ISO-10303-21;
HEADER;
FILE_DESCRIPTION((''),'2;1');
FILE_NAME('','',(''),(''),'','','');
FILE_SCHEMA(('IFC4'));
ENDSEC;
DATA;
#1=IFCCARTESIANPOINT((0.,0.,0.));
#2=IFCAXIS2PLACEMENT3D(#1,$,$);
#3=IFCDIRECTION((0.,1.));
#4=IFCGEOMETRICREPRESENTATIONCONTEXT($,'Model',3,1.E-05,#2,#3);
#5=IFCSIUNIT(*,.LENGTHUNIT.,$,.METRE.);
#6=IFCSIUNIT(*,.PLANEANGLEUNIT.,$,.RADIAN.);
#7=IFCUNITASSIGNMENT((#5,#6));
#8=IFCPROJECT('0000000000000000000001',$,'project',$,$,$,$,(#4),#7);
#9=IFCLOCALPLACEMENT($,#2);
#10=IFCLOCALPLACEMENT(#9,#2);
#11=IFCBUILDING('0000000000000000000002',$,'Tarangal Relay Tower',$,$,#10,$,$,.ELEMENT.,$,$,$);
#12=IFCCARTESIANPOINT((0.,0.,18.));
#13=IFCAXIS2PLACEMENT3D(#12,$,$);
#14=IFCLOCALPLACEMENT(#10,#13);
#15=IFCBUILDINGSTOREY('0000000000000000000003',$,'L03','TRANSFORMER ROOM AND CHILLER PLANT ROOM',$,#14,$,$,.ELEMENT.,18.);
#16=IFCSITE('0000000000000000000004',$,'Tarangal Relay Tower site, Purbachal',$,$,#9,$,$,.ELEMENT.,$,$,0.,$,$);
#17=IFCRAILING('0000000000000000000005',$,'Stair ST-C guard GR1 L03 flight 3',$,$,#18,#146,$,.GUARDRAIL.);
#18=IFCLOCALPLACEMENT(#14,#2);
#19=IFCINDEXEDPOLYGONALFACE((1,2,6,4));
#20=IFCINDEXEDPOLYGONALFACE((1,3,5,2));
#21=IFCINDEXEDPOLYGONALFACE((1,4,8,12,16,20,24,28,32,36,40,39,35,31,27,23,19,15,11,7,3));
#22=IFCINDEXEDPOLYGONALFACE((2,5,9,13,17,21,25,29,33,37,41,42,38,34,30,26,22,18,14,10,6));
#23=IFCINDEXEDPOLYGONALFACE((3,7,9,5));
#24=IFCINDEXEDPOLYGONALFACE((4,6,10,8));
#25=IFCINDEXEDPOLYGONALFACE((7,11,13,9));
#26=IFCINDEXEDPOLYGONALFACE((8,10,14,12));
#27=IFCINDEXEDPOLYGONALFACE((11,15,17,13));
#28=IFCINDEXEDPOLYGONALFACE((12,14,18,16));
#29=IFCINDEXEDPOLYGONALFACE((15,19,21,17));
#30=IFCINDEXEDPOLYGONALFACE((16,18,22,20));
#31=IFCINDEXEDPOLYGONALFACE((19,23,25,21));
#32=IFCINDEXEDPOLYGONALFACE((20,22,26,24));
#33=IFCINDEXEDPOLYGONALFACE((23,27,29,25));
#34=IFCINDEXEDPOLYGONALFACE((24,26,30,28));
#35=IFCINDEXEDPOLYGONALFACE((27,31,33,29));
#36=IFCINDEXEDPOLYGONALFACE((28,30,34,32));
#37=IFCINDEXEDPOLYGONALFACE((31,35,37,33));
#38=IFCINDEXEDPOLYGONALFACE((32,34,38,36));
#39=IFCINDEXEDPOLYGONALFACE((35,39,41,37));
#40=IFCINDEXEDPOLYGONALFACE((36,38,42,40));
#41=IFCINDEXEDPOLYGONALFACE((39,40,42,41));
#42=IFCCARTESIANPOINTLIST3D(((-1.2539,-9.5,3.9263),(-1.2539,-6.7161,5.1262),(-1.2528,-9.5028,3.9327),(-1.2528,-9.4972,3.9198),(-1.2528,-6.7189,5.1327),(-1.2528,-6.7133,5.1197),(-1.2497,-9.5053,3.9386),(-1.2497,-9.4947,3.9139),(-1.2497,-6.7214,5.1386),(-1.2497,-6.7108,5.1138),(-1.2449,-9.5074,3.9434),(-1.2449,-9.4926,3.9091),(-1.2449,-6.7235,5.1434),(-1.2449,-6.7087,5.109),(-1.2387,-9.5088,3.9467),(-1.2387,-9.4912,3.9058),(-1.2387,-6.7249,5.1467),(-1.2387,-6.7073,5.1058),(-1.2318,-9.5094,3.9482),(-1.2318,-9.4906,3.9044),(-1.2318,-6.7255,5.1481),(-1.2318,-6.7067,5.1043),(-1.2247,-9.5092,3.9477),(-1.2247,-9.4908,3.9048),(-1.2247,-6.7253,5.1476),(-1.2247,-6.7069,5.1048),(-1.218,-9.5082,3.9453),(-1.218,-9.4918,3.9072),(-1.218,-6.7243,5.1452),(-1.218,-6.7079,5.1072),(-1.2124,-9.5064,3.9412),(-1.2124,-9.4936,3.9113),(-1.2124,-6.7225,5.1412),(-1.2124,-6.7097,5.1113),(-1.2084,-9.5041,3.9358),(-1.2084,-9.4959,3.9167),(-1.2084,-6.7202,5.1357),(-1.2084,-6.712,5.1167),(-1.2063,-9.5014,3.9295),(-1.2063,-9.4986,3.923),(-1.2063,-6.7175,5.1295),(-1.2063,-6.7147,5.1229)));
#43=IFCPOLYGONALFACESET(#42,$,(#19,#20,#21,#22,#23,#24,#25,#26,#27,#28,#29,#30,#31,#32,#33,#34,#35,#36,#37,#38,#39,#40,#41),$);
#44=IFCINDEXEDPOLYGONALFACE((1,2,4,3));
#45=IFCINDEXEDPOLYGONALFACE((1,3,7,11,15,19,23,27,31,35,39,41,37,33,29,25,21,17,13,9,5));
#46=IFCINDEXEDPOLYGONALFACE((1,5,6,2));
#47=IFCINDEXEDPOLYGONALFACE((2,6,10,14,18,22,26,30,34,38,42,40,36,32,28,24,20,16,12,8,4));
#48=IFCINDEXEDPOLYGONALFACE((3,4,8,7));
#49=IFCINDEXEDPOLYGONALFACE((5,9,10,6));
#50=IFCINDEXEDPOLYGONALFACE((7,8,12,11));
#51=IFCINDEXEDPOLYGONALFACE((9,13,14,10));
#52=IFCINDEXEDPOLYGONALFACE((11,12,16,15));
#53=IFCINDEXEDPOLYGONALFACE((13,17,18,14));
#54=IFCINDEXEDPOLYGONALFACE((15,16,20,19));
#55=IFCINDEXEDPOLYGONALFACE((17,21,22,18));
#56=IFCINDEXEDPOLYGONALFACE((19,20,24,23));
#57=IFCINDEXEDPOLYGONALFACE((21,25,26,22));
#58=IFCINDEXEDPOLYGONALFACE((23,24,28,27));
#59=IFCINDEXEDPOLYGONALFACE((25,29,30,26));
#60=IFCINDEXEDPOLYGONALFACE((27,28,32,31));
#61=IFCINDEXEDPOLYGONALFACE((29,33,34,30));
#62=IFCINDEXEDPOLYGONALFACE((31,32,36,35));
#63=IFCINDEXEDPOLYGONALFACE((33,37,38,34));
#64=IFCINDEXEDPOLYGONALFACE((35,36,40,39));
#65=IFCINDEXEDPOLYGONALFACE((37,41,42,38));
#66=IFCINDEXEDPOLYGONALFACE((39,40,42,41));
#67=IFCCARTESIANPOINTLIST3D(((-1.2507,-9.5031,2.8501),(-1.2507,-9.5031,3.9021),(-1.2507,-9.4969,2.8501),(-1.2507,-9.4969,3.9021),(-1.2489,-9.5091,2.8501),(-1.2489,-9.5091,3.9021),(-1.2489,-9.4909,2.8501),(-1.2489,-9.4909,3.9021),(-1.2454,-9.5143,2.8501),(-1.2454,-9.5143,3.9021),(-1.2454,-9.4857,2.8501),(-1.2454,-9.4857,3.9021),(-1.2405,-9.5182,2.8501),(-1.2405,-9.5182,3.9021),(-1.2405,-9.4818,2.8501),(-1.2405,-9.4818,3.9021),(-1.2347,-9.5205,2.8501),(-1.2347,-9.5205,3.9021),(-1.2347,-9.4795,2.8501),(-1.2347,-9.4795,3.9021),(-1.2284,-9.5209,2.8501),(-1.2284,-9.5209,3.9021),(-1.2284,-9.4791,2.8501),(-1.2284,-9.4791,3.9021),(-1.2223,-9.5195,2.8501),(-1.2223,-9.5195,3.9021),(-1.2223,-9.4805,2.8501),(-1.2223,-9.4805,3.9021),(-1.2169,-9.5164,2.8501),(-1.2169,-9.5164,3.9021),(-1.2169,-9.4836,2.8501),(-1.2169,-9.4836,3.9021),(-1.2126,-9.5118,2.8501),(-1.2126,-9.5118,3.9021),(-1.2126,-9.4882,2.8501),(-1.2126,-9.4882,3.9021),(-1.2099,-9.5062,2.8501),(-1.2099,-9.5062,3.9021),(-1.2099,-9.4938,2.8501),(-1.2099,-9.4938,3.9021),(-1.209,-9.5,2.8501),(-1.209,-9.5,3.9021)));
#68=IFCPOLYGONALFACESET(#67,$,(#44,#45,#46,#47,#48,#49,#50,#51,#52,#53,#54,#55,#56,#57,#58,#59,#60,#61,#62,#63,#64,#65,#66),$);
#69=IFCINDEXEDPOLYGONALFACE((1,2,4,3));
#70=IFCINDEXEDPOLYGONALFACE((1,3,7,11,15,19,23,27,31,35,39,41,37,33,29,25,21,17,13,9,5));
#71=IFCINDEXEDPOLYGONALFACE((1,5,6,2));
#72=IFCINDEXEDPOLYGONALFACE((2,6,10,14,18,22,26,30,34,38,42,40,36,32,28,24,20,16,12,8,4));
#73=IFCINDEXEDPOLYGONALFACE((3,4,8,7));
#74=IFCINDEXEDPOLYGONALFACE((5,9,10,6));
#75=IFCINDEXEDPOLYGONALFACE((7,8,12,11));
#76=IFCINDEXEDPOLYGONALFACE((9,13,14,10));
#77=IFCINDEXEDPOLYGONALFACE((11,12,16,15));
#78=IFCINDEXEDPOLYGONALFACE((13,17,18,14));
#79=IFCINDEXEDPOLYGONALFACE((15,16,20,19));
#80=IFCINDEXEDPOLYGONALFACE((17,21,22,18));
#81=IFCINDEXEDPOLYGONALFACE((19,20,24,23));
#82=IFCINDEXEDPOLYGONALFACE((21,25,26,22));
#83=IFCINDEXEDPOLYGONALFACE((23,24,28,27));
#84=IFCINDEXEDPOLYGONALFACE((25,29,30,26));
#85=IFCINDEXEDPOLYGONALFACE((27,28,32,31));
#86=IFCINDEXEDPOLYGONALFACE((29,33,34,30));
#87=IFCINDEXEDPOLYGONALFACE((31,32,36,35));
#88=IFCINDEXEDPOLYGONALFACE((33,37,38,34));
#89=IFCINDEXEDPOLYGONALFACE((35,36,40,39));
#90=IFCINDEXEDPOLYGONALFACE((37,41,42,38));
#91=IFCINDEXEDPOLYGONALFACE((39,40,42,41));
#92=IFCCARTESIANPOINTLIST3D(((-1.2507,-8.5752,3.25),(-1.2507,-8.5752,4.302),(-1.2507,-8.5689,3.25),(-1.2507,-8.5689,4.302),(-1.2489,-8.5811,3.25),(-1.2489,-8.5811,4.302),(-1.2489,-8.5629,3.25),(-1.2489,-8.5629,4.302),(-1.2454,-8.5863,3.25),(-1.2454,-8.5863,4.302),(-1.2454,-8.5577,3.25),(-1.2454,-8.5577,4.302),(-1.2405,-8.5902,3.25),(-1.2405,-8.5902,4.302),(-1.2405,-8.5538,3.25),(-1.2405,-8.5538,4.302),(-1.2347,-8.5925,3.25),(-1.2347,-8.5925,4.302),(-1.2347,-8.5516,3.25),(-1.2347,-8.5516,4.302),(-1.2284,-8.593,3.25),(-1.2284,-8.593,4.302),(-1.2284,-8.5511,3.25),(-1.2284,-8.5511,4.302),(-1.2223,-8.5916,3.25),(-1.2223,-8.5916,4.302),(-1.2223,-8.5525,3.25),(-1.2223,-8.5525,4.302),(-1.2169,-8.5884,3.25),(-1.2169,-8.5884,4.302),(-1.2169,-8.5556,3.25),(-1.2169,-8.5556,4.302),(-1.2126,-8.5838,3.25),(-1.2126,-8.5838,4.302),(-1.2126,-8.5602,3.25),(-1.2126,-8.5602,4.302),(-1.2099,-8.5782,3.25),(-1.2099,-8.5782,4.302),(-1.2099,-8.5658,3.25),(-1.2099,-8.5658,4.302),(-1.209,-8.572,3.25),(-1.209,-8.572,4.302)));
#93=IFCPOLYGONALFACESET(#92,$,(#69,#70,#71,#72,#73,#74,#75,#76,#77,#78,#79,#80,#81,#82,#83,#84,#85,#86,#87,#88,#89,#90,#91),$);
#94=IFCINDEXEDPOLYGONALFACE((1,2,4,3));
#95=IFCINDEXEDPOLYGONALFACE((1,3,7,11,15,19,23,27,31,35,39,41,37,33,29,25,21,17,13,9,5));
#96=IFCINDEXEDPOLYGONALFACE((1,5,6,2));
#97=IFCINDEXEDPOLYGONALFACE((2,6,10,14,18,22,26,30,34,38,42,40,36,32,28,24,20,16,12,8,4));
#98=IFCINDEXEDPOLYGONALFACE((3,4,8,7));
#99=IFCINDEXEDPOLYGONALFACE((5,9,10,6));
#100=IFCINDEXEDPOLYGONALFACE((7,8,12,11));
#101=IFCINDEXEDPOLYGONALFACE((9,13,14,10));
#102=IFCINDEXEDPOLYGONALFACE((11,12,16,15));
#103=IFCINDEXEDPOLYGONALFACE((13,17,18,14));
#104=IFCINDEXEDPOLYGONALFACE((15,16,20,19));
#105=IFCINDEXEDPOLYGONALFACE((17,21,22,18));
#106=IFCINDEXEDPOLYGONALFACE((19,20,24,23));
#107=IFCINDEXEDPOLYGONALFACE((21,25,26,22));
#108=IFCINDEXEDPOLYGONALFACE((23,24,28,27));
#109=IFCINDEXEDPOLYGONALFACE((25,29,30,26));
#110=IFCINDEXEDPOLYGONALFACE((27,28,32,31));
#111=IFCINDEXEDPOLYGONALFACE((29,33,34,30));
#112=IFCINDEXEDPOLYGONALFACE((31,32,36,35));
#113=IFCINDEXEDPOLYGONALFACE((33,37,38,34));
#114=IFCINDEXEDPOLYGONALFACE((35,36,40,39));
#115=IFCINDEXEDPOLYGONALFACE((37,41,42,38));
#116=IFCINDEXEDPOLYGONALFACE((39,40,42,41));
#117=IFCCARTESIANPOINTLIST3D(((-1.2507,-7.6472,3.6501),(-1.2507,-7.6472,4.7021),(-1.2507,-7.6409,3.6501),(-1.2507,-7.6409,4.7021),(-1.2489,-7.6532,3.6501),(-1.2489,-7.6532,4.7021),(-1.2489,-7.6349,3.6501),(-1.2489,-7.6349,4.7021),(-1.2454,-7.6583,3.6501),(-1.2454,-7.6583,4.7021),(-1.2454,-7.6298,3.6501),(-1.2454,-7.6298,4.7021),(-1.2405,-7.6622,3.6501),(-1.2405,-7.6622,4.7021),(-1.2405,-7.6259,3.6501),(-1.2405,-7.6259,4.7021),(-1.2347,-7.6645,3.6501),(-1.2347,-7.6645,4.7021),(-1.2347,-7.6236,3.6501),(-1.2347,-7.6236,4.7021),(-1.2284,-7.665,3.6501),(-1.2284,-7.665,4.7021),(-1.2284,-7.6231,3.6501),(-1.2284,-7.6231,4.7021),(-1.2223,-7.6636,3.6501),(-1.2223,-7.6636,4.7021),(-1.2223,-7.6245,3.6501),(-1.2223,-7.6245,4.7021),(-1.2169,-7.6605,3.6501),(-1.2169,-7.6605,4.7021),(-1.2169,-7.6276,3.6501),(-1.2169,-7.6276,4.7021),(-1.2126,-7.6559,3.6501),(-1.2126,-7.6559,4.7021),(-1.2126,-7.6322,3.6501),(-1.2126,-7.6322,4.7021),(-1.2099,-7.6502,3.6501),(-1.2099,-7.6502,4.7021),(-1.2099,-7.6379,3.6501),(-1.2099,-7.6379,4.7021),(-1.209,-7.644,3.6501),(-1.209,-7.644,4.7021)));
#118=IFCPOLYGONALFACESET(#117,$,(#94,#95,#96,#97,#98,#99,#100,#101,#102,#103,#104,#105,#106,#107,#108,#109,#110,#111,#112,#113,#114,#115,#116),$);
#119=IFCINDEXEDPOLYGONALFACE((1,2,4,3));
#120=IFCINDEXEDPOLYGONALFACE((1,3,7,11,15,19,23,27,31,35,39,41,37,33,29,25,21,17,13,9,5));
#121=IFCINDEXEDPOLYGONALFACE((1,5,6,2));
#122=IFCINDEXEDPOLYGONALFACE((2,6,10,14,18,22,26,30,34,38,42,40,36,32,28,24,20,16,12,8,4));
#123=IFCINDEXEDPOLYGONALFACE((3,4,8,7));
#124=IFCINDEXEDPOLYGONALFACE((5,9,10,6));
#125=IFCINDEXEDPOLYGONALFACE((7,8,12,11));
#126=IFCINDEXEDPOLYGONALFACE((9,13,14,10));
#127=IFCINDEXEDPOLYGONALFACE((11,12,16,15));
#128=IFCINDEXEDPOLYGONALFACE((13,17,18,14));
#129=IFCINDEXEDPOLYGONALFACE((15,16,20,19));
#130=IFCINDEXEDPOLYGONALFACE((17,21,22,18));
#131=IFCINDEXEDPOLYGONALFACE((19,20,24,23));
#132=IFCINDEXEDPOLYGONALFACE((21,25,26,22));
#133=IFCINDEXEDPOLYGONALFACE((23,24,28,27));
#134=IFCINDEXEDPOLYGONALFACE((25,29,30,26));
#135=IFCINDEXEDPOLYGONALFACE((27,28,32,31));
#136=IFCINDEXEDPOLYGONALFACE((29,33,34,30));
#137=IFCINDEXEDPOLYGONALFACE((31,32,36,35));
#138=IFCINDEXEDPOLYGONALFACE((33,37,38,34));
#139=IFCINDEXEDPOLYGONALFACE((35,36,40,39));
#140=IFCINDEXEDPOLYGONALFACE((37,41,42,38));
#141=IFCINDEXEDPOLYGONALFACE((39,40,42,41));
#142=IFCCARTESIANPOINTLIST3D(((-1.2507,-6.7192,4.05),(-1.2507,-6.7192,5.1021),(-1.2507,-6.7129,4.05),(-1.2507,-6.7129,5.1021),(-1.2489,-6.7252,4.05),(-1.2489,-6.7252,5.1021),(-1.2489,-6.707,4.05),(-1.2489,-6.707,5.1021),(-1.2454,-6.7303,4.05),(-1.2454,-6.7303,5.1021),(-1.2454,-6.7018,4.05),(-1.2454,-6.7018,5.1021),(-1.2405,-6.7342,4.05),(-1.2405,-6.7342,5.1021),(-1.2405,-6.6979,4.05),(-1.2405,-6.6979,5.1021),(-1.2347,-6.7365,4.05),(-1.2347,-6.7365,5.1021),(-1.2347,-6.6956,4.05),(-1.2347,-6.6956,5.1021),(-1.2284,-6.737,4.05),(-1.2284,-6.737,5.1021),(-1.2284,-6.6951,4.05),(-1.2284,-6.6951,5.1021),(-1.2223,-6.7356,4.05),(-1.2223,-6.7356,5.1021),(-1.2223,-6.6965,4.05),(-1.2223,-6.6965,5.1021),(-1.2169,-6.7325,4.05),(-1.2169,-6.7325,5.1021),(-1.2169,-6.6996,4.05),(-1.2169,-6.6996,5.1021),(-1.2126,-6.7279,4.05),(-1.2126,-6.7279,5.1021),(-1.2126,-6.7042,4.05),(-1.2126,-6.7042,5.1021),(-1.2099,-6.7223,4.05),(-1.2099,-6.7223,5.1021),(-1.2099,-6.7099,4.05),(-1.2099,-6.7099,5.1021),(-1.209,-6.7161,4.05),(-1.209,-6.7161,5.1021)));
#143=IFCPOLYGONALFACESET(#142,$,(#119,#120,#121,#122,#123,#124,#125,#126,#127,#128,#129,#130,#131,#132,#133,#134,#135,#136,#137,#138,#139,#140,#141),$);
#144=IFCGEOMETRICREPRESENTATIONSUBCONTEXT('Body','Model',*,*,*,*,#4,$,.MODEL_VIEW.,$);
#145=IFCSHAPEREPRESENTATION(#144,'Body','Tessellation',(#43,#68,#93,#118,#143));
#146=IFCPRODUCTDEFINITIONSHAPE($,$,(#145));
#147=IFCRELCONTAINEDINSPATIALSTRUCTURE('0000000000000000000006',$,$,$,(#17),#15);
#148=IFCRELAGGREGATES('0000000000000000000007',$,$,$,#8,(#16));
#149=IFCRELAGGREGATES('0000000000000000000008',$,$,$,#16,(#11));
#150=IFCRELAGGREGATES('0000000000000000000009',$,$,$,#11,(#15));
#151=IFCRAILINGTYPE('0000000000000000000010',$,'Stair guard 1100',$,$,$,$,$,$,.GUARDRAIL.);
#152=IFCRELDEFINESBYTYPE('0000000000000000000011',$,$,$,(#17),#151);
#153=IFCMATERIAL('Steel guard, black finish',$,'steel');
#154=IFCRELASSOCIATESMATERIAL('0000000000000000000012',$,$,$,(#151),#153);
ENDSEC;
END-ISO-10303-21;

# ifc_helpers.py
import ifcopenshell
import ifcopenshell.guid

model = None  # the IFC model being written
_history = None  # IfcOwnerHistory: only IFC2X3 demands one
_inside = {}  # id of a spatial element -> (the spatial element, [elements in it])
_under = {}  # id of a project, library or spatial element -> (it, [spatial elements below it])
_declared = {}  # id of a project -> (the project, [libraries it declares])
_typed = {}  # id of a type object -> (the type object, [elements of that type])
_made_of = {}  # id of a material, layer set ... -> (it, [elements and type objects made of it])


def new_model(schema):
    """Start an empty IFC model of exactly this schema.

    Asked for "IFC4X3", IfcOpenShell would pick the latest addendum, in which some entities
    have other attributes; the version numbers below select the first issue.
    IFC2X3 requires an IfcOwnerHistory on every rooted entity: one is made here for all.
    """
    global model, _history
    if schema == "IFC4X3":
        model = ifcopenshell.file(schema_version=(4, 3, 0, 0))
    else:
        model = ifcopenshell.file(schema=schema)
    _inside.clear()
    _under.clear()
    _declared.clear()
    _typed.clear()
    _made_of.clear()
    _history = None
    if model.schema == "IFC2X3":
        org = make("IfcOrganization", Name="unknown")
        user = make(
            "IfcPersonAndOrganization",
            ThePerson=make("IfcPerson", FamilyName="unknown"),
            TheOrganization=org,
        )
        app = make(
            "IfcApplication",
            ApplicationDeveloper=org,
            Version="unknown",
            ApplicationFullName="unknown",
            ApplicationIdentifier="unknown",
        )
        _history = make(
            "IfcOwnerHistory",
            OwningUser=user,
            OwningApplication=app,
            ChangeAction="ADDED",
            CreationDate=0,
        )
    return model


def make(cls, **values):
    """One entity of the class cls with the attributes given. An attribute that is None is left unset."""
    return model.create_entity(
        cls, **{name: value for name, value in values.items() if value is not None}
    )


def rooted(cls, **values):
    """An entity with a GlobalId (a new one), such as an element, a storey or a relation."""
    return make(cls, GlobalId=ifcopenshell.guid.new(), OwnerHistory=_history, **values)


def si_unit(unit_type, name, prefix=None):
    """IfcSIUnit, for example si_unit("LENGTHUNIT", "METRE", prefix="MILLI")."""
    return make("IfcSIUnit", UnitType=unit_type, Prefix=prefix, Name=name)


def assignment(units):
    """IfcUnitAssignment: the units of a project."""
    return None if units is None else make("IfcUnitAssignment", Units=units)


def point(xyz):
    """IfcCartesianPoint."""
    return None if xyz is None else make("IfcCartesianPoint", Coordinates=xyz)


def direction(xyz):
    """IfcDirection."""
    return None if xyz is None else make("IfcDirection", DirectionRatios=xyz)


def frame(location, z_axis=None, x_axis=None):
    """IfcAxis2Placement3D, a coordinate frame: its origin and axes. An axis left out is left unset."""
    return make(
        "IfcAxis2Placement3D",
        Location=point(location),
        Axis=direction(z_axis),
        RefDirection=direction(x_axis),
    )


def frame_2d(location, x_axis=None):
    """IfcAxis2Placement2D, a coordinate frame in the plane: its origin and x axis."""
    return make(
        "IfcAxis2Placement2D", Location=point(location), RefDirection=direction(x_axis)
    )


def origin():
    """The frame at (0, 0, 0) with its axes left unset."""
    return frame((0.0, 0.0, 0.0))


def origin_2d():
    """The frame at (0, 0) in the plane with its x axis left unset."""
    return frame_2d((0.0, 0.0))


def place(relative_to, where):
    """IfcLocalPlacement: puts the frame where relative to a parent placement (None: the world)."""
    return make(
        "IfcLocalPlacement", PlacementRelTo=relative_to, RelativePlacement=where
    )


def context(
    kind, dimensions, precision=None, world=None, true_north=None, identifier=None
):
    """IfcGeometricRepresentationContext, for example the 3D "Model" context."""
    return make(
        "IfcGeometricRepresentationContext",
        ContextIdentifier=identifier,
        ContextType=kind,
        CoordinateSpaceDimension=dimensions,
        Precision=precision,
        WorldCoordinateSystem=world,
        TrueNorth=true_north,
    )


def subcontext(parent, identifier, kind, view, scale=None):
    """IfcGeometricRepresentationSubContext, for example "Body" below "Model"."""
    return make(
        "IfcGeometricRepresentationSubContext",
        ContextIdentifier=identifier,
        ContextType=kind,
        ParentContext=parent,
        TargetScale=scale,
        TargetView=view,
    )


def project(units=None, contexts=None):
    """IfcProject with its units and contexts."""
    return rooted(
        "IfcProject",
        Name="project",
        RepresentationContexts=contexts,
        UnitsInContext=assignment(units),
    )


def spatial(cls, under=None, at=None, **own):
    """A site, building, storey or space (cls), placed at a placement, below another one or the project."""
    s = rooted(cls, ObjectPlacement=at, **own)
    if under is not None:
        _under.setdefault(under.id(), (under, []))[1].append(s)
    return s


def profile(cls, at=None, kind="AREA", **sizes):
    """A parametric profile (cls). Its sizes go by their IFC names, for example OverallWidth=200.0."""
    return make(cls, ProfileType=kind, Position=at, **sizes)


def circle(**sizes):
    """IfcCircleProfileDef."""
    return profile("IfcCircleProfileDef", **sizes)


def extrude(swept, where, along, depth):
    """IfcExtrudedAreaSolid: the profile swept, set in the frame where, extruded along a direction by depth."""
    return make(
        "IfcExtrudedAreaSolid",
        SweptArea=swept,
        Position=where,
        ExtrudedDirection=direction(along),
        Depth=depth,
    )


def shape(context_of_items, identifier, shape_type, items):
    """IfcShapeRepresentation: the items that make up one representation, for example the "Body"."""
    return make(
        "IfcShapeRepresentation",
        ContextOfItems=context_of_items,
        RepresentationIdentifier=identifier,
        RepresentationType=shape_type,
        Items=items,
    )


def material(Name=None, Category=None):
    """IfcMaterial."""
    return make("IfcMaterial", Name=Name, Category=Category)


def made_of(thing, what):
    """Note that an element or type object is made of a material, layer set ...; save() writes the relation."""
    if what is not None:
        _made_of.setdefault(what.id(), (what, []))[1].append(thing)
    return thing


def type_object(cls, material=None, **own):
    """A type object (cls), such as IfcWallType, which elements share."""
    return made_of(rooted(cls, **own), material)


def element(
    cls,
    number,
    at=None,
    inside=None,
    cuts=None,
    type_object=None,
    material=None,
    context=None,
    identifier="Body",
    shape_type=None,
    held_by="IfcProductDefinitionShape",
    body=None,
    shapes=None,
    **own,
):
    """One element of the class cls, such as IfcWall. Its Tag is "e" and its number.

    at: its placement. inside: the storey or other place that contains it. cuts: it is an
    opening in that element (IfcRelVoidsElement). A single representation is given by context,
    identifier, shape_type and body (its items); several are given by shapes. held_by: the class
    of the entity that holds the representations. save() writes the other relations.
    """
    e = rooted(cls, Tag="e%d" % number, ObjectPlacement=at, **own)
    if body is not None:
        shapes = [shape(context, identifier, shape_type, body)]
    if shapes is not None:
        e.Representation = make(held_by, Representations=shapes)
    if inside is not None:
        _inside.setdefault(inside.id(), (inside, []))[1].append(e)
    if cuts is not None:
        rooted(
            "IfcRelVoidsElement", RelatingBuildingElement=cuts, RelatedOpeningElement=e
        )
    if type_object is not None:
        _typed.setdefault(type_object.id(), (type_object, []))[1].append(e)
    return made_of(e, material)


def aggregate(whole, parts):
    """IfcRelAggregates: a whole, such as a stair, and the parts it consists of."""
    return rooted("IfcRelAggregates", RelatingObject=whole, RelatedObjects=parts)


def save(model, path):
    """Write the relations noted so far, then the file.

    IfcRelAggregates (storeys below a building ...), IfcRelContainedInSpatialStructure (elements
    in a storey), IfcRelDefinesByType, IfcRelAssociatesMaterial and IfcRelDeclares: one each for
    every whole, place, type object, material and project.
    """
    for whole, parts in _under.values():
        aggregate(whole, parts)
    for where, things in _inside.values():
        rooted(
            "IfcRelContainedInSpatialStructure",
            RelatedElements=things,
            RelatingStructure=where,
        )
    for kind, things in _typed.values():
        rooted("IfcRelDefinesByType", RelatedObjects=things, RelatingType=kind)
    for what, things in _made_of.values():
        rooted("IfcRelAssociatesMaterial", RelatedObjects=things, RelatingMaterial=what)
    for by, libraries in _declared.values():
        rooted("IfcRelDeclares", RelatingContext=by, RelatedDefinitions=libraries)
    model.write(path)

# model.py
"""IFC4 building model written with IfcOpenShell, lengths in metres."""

from ifc_helpers import new_model, si_unit, direction, frame, origin, origin_2d, place, context, subcontext, project, spatial, circle, extrude, material, type_object, element, save


model = new_model("IFC4")

# Units and contexts
model_context = context("Model", 3, precision=1e-05, world=origin(), true_north=direction((0.0, 1.0)))
body_context = subcontext(model_context, "Body", "Model", "MODEL_VIEW")
ifc_project = project(units=[si_unit("LENGTHUNIT", "METRE"), si_unit("PLANEANGLEUNIT", "RADIAN")], contexts=[model_context])

# Site, building, storey
site_placement = place(None, origin())
site = spatial("IfcSite", under=ifc_project, at=site_placement, Name="Tarangal Relay Tower site, Purbachal", CompositionType="ELEMENT", RefElevation=0.0)
building_placement = place(site_placement, origin())
building = spatial("IfcBuilding", under=site, at=building_placement, Name="Tarangal Relay Tower", CompositionType="ELEMENT")
storey_placement = place(building_placement, frame((0.0, 0.0, 18.0)))
storey = spatial("IfcBuildingStorey", under=building, at=storey_placement, Name="L03", Description="TRANSFORMER ROOM AND CHILLER PLANT ROOM", CompositionType="ELEMENT", Elevation=18.0)

# Railing
ifc_material_1 = material(Name="Steel guard, black finish", Category="steel")
railing_type_1 = type_object("IfcRailingType", Name="Stair guard 1100", PredefinedType="GUARDRAIL", material=ifc_material_1)
railing_1_placement = place(storey_placement, frame((-1.23, -9.5, 2.8501)))
element("IfcRailing", 1, at=railing_1_placement, inside=storey, type_object=railing_type_1, Name="Stair ST-C guard GR1 L03 flight 3", PredefinedType="GUARDRAIL", context=body_context, shape_type="SweptSolid", body=[
    extrude(circle(Radius=0.0239, at=origin_2d()), frame((0.0, 0.0, 1.0762), z_axis=(0.0, 0.918327, 0.395823), x_axis=(-1.0, 0.0, 0.0)), (0.0, 0.0, 1.0), 3.0315),
    extrude(circle(Radius=0.021, at=origin_2d()), origin(), (0.0, 0.0, 1.0), 1.052),
    extrude(circle(Radius=0.021, at=origin_2d()), frame((0.0, 0.928, 0.3999)), (0.0, 0.0, 1.0), 1.052),
    extrude(circle(Radius=0.021, at=origin_2d()), frame((0.0, 1.856, 0.8)), (0.0, 0.0, 1.0), 1.052),
    extrude(circle(Radius=0.021, at=origin_2d()), frame((0.0, 2.7839, 1.2)), (0.0, 0.0, 1.0), 1.052),
])

save(model, "model.ifc")
